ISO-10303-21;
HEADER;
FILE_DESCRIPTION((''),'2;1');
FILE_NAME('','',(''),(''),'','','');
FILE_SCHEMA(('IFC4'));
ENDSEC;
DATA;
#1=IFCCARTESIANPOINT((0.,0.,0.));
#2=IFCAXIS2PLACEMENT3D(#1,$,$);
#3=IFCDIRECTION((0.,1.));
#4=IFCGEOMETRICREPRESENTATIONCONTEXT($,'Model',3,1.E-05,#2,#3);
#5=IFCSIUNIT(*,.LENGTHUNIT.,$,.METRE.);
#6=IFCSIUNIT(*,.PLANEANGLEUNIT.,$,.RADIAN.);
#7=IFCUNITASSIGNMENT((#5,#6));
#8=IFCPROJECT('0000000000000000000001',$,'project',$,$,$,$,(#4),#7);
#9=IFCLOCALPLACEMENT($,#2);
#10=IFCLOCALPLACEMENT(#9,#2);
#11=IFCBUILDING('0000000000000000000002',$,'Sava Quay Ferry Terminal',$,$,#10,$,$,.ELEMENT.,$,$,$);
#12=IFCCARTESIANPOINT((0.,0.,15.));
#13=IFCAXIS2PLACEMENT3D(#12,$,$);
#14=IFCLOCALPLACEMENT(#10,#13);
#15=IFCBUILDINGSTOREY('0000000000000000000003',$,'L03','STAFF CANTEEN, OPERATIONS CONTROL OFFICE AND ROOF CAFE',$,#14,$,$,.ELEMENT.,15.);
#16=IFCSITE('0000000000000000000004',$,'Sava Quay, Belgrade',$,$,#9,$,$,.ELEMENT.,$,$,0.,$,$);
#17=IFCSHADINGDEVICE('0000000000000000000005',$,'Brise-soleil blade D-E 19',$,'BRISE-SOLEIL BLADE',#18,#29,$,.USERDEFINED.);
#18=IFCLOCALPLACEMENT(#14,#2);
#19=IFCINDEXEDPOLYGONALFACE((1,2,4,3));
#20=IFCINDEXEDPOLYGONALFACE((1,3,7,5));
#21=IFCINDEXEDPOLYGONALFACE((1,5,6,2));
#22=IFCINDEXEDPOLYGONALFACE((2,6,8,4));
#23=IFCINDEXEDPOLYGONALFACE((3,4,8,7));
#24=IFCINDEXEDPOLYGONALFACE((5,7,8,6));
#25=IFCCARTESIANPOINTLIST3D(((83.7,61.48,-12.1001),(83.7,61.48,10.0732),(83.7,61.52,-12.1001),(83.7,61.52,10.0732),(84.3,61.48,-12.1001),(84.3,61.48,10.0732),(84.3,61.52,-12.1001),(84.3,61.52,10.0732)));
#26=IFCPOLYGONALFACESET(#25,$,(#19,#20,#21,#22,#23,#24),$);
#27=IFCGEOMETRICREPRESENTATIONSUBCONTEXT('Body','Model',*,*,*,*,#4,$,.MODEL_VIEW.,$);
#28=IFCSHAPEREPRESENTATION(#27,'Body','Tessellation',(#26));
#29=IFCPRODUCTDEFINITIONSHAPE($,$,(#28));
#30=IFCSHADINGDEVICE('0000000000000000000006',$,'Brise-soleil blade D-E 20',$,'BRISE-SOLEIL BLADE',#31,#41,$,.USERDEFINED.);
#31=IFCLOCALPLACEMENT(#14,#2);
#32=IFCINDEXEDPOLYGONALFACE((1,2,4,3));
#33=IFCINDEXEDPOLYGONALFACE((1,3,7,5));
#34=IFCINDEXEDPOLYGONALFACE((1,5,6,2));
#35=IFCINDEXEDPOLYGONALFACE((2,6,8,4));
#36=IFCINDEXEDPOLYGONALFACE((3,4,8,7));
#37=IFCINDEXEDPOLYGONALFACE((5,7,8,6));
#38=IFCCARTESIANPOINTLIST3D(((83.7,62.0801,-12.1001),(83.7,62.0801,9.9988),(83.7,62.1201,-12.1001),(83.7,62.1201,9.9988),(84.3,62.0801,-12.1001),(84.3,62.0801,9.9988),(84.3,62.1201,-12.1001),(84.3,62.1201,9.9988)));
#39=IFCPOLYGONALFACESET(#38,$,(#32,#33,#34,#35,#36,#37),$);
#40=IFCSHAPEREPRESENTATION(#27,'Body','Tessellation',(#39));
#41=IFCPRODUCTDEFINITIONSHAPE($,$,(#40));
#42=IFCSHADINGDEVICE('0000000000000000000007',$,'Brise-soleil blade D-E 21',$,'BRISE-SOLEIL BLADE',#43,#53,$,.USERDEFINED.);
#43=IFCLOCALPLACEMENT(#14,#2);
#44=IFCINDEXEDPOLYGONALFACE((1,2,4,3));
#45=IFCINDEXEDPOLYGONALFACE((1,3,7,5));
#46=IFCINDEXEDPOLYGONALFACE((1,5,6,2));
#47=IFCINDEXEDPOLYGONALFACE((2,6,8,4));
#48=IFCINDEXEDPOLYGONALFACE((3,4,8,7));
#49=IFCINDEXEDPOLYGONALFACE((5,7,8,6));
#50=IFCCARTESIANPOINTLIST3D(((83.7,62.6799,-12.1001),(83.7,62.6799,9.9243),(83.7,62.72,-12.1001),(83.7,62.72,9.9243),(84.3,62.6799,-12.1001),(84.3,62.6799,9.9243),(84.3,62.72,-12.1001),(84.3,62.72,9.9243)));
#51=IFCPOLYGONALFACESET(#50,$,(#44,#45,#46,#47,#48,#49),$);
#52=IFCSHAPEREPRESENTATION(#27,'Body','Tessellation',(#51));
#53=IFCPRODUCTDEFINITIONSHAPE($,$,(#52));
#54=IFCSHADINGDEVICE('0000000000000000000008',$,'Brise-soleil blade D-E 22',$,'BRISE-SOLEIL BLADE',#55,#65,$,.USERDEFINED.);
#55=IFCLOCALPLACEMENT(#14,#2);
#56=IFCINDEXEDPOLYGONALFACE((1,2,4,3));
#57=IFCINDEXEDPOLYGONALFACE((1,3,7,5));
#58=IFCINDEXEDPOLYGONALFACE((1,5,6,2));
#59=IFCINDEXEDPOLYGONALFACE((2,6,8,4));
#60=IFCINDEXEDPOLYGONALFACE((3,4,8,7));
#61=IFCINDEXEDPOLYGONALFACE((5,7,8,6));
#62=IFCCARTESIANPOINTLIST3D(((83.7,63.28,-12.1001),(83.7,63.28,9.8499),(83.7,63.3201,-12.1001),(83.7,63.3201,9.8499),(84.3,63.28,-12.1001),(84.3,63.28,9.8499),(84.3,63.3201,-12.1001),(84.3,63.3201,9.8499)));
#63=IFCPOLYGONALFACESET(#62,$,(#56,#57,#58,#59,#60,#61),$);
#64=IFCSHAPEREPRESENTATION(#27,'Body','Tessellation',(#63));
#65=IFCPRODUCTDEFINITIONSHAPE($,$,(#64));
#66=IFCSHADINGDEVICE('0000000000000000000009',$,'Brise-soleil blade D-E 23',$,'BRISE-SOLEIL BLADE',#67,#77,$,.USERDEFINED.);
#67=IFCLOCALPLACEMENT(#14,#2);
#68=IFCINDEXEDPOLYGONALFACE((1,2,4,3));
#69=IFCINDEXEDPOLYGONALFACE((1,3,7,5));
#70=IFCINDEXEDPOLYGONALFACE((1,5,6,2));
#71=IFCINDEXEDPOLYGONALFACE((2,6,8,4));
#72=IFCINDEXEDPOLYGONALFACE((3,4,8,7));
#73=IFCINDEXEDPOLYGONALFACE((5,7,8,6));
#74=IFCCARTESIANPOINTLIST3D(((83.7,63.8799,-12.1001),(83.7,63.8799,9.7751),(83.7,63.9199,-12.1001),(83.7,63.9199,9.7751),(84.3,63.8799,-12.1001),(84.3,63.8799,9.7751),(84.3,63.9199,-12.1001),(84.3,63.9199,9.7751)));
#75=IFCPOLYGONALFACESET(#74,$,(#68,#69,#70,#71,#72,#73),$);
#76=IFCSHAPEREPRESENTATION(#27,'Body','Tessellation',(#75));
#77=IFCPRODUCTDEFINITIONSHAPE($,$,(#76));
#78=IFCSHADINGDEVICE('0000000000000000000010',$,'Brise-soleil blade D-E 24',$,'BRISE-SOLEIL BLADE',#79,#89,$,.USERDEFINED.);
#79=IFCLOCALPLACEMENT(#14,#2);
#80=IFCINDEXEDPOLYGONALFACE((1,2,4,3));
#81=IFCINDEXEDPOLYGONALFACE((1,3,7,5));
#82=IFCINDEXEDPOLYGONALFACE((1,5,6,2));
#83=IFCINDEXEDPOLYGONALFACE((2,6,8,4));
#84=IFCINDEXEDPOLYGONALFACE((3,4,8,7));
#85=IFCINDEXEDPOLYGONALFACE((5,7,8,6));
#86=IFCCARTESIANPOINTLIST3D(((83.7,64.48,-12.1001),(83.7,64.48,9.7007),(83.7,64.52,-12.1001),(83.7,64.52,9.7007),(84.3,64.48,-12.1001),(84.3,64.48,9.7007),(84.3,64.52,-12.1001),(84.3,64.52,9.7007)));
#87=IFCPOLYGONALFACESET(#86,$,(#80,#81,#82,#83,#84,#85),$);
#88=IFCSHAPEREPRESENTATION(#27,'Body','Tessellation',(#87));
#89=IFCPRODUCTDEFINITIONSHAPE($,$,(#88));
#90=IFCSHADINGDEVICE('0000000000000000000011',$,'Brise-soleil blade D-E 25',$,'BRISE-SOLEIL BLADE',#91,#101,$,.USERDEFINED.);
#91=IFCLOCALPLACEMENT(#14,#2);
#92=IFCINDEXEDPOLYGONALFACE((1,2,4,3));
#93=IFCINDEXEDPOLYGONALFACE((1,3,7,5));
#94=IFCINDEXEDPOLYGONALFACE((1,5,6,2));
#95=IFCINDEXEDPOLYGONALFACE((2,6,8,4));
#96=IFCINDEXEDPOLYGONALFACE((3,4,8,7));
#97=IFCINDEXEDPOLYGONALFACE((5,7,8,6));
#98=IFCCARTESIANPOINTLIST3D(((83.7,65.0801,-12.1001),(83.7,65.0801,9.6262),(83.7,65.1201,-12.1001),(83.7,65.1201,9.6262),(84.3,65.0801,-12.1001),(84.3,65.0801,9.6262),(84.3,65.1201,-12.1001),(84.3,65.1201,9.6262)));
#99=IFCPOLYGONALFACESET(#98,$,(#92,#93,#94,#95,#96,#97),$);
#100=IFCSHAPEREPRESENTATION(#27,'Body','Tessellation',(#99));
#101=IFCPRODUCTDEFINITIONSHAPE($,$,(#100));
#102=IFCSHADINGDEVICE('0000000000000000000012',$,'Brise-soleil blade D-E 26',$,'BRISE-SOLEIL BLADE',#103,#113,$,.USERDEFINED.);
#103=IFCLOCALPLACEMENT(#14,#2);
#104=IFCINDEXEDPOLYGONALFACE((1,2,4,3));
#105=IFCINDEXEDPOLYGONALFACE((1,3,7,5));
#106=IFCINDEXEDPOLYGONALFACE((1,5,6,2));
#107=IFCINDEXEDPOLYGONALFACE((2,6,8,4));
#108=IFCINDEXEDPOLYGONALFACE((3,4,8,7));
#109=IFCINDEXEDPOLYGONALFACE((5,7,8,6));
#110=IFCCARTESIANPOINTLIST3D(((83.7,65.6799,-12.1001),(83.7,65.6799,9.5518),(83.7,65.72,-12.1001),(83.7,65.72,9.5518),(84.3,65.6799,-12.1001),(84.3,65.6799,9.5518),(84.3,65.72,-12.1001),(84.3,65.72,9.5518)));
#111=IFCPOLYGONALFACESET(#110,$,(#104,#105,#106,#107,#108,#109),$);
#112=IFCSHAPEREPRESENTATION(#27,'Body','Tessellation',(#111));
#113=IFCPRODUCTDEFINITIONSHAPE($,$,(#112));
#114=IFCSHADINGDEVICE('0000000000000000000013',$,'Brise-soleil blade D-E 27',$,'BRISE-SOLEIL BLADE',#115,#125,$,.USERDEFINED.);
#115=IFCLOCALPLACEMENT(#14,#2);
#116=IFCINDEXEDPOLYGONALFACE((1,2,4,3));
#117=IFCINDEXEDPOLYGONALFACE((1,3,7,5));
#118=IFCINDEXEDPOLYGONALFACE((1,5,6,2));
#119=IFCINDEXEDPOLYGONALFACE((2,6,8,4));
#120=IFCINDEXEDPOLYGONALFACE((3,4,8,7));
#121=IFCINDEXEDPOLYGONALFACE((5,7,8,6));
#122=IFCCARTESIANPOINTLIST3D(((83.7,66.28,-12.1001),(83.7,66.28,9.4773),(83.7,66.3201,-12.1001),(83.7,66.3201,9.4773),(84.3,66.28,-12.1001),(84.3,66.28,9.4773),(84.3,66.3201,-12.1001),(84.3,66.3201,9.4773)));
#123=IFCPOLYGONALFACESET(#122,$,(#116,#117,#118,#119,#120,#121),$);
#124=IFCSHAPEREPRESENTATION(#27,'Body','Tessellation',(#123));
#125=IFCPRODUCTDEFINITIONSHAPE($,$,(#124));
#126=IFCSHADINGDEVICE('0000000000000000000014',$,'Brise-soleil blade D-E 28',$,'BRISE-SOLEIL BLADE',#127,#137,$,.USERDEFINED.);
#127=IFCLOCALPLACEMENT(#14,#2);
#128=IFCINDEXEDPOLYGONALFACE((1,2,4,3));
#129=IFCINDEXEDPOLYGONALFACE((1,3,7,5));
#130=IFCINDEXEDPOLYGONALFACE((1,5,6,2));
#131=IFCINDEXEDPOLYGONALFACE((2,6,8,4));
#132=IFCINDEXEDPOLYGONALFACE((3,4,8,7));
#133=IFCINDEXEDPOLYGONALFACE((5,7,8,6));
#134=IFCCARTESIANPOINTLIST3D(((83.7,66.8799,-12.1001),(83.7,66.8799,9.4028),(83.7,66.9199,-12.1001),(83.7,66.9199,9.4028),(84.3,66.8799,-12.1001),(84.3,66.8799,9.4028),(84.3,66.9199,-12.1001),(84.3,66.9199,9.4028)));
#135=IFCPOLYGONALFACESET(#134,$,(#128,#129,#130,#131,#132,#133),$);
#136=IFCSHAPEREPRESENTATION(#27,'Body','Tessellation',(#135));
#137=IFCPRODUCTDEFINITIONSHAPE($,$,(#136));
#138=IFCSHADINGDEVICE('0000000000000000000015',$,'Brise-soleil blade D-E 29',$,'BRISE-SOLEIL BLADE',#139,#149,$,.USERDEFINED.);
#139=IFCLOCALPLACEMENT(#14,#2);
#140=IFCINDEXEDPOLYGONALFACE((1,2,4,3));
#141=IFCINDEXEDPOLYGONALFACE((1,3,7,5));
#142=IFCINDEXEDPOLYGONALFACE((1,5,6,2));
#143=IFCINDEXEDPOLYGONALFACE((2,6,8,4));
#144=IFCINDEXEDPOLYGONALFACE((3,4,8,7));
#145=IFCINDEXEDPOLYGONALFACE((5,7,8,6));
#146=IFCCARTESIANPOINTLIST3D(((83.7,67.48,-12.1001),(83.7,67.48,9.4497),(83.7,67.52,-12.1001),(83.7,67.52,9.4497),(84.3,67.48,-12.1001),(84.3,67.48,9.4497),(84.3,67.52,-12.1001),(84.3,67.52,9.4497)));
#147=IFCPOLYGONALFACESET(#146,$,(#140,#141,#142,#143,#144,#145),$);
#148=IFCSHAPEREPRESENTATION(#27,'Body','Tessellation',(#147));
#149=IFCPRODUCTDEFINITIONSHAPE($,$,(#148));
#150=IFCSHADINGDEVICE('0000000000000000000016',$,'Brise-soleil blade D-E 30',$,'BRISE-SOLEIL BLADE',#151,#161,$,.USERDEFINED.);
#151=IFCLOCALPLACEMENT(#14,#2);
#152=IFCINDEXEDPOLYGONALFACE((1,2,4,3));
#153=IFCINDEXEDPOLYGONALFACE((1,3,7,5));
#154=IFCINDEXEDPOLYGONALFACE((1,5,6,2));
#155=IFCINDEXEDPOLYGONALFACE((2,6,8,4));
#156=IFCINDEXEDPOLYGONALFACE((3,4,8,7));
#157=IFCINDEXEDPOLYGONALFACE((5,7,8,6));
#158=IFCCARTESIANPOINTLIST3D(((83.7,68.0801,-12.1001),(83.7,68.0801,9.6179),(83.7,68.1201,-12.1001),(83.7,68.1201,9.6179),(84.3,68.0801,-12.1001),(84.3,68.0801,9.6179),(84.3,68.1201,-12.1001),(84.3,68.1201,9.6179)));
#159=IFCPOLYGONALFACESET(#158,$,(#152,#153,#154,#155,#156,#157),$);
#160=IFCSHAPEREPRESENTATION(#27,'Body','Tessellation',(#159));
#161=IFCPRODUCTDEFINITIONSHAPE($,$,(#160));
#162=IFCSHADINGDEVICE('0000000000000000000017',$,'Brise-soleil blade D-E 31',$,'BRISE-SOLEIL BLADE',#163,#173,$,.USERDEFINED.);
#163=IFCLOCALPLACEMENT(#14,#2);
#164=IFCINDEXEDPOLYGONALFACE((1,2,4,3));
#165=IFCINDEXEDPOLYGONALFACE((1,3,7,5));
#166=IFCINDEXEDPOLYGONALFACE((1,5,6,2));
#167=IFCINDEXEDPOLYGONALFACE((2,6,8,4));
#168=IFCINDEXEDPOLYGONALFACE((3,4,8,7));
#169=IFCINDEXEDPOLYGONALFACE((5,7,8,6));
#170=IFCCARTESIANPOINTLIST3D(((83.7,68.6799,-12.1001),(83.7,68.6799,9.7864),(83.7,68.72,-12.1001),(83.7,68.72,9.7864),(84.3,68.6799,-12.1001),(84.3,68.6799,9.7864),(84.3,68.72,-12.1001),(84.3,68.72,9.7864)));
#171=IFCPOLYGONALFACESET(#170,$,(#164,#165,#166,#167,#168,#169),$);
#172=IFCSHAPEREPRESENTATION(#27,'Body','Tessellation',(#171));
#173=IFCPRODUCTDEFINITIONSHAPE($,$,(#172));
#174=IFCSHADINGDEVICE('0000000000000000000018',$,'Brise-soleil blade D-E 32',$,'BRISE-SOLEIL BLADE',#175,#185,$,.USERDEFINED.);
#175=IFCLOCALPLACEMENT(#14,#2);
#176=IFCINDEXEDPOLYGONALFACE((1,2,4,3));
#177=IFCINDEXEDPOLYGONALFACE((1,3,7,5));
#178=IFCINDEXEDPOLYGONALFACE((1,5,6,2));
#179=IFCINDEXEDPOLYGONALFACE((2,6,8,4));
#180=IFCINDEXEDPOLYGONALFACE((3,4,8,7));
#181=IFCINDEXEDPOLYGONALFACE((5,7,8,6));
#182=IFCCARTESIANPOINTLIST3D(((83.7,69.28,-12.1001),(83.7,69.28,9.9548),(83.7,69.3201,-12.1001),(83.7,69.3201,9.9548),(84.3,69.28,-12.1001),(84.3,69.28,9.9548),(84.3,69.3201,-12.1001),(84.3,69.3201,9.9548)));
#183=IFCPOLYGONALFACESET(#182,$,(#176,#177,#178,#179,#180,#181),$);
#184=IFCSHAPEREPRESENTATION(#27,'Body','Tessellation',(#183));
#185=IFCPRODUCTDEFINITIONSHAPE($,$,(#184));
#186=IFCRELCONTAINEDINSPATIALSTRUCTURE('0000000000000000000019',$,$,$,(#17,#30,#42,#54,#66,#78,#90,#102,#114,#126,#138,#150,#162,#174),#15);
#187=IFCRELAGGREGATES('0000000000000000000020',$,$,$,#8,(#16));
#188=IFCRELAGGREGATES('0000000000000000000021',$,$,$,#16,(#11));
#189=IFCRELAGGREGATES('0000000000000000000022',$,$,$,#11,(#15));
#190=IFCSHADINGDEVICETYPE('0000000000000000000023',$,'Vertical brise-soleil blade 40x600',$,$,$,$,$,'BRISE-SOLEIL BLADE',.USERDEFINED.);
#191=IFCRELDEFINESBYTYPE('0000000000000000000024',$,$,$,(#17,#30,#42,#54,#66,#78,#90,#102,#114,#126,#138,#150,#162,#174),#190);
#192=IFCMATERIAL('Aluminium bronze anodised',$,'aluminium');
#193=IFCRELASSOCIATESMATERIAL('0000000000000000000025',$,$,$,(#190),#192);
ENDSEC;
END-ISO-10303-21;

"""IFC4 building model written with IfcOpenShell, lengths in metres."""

from ifc_helpers import new_model, si_unit, direction, frame, origin, origin_2d, place, context, subcontext, project, spatial, rectangle, extrude, material, material_profile, profile_set, type_object, element, save


model = new_model("IFC4")

# Units and contexts
model_context = context("Model", 3, precision=1e-05, world=origin(), true_north=direction((0.0, 1.0)))
body_context = subcontext(model_context, "Body", "Model", "MODEL_VIEW")
ifc_project = project(units=[si_unit("LENGTHUNIT", "METRE"), si_unit("PLANEANGLEUNIT", "RADIAN")], contexts=[model_context])

# Site, building, storey
site_placement = place(None, origin())
site = spatial("IfcSite", under=ifc_project, at=site_placement, Name="Sava Quay, Belgrade", CompositionType="ELEMENT", RefElevation=0.0)
building_placement = place(site_placement, origin())
building = spatial("IfcBuilding", under=site, at=building_placement, Name="Sava Quay Ferry Terminal", CompositionType="ELEMENT")
storey_placement = place(building_placement, frame((0.0, 0.0, 15.0)))
storey = spatial("IfcBuildingStorey", under=building, at=storey_placement, Name="L03", Description="STAFF CANTEEN, OPERATIONS CONTROL OFFICE AND ROOF CAFE", CompositionType="ELEMENT", Elevation=15.0)

# Shading devices
ifc_material_1 = material(Name="Aluminium bronze anodised", Category="aluminium")
ifc_material_profile_1 = material_profile(ifc_material_1, rectangle(XDim=0.04, YDim=0.6001, at=origin_2d()), Name="Vertical brise-soleil blade 40x600")
ifc_profile_set_1 = profile_set([ifc_material_profile_1], Name="Aluminium bronze anodised")
shading_device_type = type_object("IfcShadingDeviceType", Name="Vertical brise-soleil blade 40x600", ElementType="BRISE-SOLEIL BLADE", PredefinedType="USERDEFINED", material=ifc_profile_set_1)
shading_device_1_placement = place(storey_placement, frame((84.0, 61.5, -12.1001), z_axis=(0.0, 0.0, 1.0), x_axis=(0.0, 1.0, 0.0)))
element("IfcShadingDevice", 1, at=shading_device_1_placement, inside=storey, type_object=shading_device_type, Name="Brise-soleil blade D-E 19", ObjectType="BRISE-SOLEIL BLADE", PredefinedType="USERDEFINED", context=body_context, shape_type="SweptSolid", body=[
    extrude(rectangle(XDim=0.04, YDim=0.6001, at=origin_2d()), origin(), (0.0, 0.0, 1.0), 22.1733),
])
shading_device_2_placement = place(storey_placement, frame((84.0, 62.1001, -12.1001), z_axis=(0.0, 0.0, 1.0), x_axis=(0.0, 1.0, 0.0)))
element("IfcShadingDevice", 2, at=shading_device_2_placement, inside=storey, type_object=shading_device_type, Name="Brise-soleil blade D-E 20", ObjectType="BRISE-SOLEIL BLADE", PredefinedType="USERDEFINED", context=body_context, shape_type="SweptSolid", body=[
    extrude(rectangle(XDim=0.04, YDim=0.6001, at=origin_2d()), origin(), (0.0, 0.0, 1.0), 22.0989),
])
shading_device_3_placement = place(storey_placement, frame((84.0, 62.7, -12.1001), z_axis=(0.0, 0.0, 1.0), x_axis=(0.0, 1.0, 0.0)))
element("IfcShadingDevice", 3, at=shading_device_3_placement, inside=storey, type_object=shading_device_type, Name="Brise-soleil blade D-E 21", ObjectType="BRISE-SOLEIL BLADE", PredefinedType="USERDEFINED", context=body_context, shape_type="SweptSolid", body=[
    extrude(rectangle(XDim=0.04, YDim=0.6001, at=origin_2d()), origin(), (0.0, 0.0, 1.0), 22.0244),
])
shading_device_4_placement = place(storey_placement, frame((84.0, 63.3, -12.1001), z_axis=(0.0, 0.0, 1.0), x_axis=(0.0, 1.0, 0.0)))
element("IfcShadingDevice", 4, at=shading_device_4_placement, inside=storey, type_object=shading_device_type, Name="Brise-soleil blade D-E 22", ObjectType="BRISE-SOLEIL BLADE", PredefinedType="USERDEFINED", context=body_context, shape_type="SweptSolid", body=[
    extrude(rectangle(XDim=0.04, YDim=0.6001, at=origin_2d()), origin(), (0.0, 0.0, 1.0), 21.95),
])
shading_device_5_placement = place(storey_placement, frame((84.0, 63.8999, -12.1001), z_axis=(0.0, 0.0, 1.0), x_axis=(0.0, 1.0, 0.0)))
element("IfcShadingDevice", 5, at=shading_device_5_placement, inside=storey, type_object=shading_device_type, Name="Brise-soleil blade D-E 23", ObjectType="BRISE-SOLEIL BLADE", PredefinedType="USERDEFINED", context=body_context, shape_type="SweptSolid", body=[
    extrude(rectangle(XDim=0.04, YDim=0.6001, at=origin_2d()), origin(), (0.0, 0.0, 1.0), 21.8752),
])
shading_device_6_placement = place(storey_placement, frame((84.0, 64.5, -12.1001), z_axis=(0.0, 0.0, 1.0), x_axis=(0.0, 1.0, 0.0)))
element("IfcShadingDevice", 6, at=shading_device_6_placement, inside=storey, type_object=shading_device_type, Name="Brise-soleil blade D-E 24", ObjectType="BRISE-SOLEIL BLADE", PredefinedType="USERDEFINED", context=body_context, shape_type="SweptSolid", body=[
    extrude(rectangle(XDim=0.04, YDim=0.6001, at=origin_2d()), origin(), (0.0, 0.0, 1.0), 21.8008),
])
shading_device_7_placement = place(storey_placement, frame((84.0, 65.1001, -12.1001), z_axis=(0.0, 0.0, 1.0), x_axis=(0.0, 1.0, 0.0)))
element("IfcShadingDevice", 7, at=shading_device_7_placement, inside=storey, type_object=shading_device_type, Name="Brise-soleil blade D-E 25", ObjectType="BRISE-SOLEIL BLADE", PredefinedType="USERDEFINED", context=body_context, shape_type="SweptSolid", body=[
    extrude(rectangle(XDim=0.04, YDim=0.6001, at=origin_2d()), origin(), (0.0, 0.0, 1.0), 21.7263),
])
shading_device_8_placement = place(storey_placement, frame((84.0, 65.7, -12.1001), z_axis=(0.0, 0.0, 1.0), x_axis=(0.0, 1.0, 0.0)))
element("IfcShadingDevice", 8, at=shading_device_8_placement, inside=storey, type_object=shading_device_type, Name="Brise-soleil blade D-E 26", ObjectType="BRISE-SOLEIL BLADE", PredefinedType="USERDEFINED", context=body_context, shape_type="SweptSolid", body=[
    extrude(rectangle(XDim=0.04, YDim=0.6001, at=origin_2d()), origin(), (0.0, 0.0, 1.0), 21.6519),
])
shading_device_9_placement = place(storey_placement, frame((84.0, 66.3, -12.1001), z_axis=(0.0, 0.0, 1.0), x_axis=(0.0, 1.0, 0.0)))
element("IfcShadingDevice", 9, at=shading_device_9_placement, inside=storey, type_object=shading_device_type, Name="Brise-soleil blade D-E 27", ObjectType="BRISE-SOLEIL BLADE", PredefinedType="USERDEFINED", context=body_context, shape_type="SweptSolid", body=[
    extrude(rectangle(XDim=0.04, YDim=0.6001, at=origin_2d()), origin(), (0.0, 0.0, 1.0), 21.5774),
])
shading_device_10_placement = place(storey_placement, frame((84.0, 66.8999, -12.1001), z_axis=(0.0, 0.0, 1.0), x_axis=(0.0, 1.0, 0.0)))
element("IfcShadingDevice", 10, at=shading_device_10_placement, inside=storey, type_object=shading_device_type, Name="Brise-soleil blade D-E 28", ObjectType="BRISE-SOLEIL BLADE", PredefinedType="USERDEFINED", context=body_context, shape_type="SweptSolid", body=[
    extrude(rectangle(XDim=0.04, YDim=0.6001, at=origin_2d()), origin(), (0.0, 0.0, 1.0), 21.5029),
])
shading_device_11_placement = place(storey_placement, frame((84.0, 67.5, -12.1001), z_axis=(0.0, 0.0, 1.0), x_axis=(0.0, 1.0, 0.0)))
element("IfcShadingDevice", 11, at=shading_device_11_placement, inside=storey, type_object=shading_device_type, Name="Brise-soleil blade D-E 29", ObjectType="BRISE-SOLEIL BLADE", PredefinedType="USERDEFINED", context=body_context, shape_type="SweptSolid", body=[
    extrude(rectangle(XDim=0.04, YDim=0.6001, at=origin_2d()), origin(), (0.0, 0.0, 1.0), 21.5498),
])
shading_device_12_placement = place(storey_placement, frame((84.0, 68.1001, -12.1001), z_axis=(0.0, 0.0, 1.0), x_axis=(0.0, 1.0, 0.0)))
element("IfcShadingDevice", 12, at=shading_device_12_placement, inside=storey, type_object=shading_device_type, Name="Brise-soleil blade D-E 30", ObjectType="BRISE-SOLEIL BLADE", PredefinedType="USERDEFINED", context=body_context, shape_type="SweptSolid", body=[
    extrude(rectangle(XDim=0.04, YDim=0.6001, at=origin_2d()), origin(), (0.0, 0.0, 1.0), 21.718),
])
shading_device_13_placement = place(storey_placement, frame((84.0, 68.7, -12.1001), z_axis=(0.0, 0.0, 1.0), x_axis=(0.0, 1.0, 0.0)))
element("IfcShadingDevice", 13, at=shading_device_13_placement, inside=storey, type_object=shading_device_type, Name="Brise-soleil blade D-E 31", ObjectType="BRISE-SOLEIL BLADE", PredefinedType="USERDEFINED", context=body_context, shape_type="SweptSolid", body=[
    extrude(rectangle(XDim=0.04, YDim=0.6001, at=origin_2d()), origin(), (0.0, 0.0, 1.0), 21.8865),
])
shading_device_14_placement = place(storey_placement, frame((84.0, 69.3, -12.1001), z_axis=(0.0, 0.0, 1.0), x_axis=(0.0, 1.0, 0.0)))
element("IfcShadingDevice", 14, at=shading_device_14_placement, inside=storey, type_object=shading_device_type, Name="Brise-soleil blade D-E 32", ObjectType="BRISE-SOLEIL BLADE", PredefinedType="USERDEFINED", context=body_context, shape_type="SweptSolid", body=[
    extrude(rectangle(XDim=0.04, YDim=0.6001, at=origin_2d()), origin(), (0.0, 0.0, 1.0), 22.0549),
])

save(model, "model.ifc")
